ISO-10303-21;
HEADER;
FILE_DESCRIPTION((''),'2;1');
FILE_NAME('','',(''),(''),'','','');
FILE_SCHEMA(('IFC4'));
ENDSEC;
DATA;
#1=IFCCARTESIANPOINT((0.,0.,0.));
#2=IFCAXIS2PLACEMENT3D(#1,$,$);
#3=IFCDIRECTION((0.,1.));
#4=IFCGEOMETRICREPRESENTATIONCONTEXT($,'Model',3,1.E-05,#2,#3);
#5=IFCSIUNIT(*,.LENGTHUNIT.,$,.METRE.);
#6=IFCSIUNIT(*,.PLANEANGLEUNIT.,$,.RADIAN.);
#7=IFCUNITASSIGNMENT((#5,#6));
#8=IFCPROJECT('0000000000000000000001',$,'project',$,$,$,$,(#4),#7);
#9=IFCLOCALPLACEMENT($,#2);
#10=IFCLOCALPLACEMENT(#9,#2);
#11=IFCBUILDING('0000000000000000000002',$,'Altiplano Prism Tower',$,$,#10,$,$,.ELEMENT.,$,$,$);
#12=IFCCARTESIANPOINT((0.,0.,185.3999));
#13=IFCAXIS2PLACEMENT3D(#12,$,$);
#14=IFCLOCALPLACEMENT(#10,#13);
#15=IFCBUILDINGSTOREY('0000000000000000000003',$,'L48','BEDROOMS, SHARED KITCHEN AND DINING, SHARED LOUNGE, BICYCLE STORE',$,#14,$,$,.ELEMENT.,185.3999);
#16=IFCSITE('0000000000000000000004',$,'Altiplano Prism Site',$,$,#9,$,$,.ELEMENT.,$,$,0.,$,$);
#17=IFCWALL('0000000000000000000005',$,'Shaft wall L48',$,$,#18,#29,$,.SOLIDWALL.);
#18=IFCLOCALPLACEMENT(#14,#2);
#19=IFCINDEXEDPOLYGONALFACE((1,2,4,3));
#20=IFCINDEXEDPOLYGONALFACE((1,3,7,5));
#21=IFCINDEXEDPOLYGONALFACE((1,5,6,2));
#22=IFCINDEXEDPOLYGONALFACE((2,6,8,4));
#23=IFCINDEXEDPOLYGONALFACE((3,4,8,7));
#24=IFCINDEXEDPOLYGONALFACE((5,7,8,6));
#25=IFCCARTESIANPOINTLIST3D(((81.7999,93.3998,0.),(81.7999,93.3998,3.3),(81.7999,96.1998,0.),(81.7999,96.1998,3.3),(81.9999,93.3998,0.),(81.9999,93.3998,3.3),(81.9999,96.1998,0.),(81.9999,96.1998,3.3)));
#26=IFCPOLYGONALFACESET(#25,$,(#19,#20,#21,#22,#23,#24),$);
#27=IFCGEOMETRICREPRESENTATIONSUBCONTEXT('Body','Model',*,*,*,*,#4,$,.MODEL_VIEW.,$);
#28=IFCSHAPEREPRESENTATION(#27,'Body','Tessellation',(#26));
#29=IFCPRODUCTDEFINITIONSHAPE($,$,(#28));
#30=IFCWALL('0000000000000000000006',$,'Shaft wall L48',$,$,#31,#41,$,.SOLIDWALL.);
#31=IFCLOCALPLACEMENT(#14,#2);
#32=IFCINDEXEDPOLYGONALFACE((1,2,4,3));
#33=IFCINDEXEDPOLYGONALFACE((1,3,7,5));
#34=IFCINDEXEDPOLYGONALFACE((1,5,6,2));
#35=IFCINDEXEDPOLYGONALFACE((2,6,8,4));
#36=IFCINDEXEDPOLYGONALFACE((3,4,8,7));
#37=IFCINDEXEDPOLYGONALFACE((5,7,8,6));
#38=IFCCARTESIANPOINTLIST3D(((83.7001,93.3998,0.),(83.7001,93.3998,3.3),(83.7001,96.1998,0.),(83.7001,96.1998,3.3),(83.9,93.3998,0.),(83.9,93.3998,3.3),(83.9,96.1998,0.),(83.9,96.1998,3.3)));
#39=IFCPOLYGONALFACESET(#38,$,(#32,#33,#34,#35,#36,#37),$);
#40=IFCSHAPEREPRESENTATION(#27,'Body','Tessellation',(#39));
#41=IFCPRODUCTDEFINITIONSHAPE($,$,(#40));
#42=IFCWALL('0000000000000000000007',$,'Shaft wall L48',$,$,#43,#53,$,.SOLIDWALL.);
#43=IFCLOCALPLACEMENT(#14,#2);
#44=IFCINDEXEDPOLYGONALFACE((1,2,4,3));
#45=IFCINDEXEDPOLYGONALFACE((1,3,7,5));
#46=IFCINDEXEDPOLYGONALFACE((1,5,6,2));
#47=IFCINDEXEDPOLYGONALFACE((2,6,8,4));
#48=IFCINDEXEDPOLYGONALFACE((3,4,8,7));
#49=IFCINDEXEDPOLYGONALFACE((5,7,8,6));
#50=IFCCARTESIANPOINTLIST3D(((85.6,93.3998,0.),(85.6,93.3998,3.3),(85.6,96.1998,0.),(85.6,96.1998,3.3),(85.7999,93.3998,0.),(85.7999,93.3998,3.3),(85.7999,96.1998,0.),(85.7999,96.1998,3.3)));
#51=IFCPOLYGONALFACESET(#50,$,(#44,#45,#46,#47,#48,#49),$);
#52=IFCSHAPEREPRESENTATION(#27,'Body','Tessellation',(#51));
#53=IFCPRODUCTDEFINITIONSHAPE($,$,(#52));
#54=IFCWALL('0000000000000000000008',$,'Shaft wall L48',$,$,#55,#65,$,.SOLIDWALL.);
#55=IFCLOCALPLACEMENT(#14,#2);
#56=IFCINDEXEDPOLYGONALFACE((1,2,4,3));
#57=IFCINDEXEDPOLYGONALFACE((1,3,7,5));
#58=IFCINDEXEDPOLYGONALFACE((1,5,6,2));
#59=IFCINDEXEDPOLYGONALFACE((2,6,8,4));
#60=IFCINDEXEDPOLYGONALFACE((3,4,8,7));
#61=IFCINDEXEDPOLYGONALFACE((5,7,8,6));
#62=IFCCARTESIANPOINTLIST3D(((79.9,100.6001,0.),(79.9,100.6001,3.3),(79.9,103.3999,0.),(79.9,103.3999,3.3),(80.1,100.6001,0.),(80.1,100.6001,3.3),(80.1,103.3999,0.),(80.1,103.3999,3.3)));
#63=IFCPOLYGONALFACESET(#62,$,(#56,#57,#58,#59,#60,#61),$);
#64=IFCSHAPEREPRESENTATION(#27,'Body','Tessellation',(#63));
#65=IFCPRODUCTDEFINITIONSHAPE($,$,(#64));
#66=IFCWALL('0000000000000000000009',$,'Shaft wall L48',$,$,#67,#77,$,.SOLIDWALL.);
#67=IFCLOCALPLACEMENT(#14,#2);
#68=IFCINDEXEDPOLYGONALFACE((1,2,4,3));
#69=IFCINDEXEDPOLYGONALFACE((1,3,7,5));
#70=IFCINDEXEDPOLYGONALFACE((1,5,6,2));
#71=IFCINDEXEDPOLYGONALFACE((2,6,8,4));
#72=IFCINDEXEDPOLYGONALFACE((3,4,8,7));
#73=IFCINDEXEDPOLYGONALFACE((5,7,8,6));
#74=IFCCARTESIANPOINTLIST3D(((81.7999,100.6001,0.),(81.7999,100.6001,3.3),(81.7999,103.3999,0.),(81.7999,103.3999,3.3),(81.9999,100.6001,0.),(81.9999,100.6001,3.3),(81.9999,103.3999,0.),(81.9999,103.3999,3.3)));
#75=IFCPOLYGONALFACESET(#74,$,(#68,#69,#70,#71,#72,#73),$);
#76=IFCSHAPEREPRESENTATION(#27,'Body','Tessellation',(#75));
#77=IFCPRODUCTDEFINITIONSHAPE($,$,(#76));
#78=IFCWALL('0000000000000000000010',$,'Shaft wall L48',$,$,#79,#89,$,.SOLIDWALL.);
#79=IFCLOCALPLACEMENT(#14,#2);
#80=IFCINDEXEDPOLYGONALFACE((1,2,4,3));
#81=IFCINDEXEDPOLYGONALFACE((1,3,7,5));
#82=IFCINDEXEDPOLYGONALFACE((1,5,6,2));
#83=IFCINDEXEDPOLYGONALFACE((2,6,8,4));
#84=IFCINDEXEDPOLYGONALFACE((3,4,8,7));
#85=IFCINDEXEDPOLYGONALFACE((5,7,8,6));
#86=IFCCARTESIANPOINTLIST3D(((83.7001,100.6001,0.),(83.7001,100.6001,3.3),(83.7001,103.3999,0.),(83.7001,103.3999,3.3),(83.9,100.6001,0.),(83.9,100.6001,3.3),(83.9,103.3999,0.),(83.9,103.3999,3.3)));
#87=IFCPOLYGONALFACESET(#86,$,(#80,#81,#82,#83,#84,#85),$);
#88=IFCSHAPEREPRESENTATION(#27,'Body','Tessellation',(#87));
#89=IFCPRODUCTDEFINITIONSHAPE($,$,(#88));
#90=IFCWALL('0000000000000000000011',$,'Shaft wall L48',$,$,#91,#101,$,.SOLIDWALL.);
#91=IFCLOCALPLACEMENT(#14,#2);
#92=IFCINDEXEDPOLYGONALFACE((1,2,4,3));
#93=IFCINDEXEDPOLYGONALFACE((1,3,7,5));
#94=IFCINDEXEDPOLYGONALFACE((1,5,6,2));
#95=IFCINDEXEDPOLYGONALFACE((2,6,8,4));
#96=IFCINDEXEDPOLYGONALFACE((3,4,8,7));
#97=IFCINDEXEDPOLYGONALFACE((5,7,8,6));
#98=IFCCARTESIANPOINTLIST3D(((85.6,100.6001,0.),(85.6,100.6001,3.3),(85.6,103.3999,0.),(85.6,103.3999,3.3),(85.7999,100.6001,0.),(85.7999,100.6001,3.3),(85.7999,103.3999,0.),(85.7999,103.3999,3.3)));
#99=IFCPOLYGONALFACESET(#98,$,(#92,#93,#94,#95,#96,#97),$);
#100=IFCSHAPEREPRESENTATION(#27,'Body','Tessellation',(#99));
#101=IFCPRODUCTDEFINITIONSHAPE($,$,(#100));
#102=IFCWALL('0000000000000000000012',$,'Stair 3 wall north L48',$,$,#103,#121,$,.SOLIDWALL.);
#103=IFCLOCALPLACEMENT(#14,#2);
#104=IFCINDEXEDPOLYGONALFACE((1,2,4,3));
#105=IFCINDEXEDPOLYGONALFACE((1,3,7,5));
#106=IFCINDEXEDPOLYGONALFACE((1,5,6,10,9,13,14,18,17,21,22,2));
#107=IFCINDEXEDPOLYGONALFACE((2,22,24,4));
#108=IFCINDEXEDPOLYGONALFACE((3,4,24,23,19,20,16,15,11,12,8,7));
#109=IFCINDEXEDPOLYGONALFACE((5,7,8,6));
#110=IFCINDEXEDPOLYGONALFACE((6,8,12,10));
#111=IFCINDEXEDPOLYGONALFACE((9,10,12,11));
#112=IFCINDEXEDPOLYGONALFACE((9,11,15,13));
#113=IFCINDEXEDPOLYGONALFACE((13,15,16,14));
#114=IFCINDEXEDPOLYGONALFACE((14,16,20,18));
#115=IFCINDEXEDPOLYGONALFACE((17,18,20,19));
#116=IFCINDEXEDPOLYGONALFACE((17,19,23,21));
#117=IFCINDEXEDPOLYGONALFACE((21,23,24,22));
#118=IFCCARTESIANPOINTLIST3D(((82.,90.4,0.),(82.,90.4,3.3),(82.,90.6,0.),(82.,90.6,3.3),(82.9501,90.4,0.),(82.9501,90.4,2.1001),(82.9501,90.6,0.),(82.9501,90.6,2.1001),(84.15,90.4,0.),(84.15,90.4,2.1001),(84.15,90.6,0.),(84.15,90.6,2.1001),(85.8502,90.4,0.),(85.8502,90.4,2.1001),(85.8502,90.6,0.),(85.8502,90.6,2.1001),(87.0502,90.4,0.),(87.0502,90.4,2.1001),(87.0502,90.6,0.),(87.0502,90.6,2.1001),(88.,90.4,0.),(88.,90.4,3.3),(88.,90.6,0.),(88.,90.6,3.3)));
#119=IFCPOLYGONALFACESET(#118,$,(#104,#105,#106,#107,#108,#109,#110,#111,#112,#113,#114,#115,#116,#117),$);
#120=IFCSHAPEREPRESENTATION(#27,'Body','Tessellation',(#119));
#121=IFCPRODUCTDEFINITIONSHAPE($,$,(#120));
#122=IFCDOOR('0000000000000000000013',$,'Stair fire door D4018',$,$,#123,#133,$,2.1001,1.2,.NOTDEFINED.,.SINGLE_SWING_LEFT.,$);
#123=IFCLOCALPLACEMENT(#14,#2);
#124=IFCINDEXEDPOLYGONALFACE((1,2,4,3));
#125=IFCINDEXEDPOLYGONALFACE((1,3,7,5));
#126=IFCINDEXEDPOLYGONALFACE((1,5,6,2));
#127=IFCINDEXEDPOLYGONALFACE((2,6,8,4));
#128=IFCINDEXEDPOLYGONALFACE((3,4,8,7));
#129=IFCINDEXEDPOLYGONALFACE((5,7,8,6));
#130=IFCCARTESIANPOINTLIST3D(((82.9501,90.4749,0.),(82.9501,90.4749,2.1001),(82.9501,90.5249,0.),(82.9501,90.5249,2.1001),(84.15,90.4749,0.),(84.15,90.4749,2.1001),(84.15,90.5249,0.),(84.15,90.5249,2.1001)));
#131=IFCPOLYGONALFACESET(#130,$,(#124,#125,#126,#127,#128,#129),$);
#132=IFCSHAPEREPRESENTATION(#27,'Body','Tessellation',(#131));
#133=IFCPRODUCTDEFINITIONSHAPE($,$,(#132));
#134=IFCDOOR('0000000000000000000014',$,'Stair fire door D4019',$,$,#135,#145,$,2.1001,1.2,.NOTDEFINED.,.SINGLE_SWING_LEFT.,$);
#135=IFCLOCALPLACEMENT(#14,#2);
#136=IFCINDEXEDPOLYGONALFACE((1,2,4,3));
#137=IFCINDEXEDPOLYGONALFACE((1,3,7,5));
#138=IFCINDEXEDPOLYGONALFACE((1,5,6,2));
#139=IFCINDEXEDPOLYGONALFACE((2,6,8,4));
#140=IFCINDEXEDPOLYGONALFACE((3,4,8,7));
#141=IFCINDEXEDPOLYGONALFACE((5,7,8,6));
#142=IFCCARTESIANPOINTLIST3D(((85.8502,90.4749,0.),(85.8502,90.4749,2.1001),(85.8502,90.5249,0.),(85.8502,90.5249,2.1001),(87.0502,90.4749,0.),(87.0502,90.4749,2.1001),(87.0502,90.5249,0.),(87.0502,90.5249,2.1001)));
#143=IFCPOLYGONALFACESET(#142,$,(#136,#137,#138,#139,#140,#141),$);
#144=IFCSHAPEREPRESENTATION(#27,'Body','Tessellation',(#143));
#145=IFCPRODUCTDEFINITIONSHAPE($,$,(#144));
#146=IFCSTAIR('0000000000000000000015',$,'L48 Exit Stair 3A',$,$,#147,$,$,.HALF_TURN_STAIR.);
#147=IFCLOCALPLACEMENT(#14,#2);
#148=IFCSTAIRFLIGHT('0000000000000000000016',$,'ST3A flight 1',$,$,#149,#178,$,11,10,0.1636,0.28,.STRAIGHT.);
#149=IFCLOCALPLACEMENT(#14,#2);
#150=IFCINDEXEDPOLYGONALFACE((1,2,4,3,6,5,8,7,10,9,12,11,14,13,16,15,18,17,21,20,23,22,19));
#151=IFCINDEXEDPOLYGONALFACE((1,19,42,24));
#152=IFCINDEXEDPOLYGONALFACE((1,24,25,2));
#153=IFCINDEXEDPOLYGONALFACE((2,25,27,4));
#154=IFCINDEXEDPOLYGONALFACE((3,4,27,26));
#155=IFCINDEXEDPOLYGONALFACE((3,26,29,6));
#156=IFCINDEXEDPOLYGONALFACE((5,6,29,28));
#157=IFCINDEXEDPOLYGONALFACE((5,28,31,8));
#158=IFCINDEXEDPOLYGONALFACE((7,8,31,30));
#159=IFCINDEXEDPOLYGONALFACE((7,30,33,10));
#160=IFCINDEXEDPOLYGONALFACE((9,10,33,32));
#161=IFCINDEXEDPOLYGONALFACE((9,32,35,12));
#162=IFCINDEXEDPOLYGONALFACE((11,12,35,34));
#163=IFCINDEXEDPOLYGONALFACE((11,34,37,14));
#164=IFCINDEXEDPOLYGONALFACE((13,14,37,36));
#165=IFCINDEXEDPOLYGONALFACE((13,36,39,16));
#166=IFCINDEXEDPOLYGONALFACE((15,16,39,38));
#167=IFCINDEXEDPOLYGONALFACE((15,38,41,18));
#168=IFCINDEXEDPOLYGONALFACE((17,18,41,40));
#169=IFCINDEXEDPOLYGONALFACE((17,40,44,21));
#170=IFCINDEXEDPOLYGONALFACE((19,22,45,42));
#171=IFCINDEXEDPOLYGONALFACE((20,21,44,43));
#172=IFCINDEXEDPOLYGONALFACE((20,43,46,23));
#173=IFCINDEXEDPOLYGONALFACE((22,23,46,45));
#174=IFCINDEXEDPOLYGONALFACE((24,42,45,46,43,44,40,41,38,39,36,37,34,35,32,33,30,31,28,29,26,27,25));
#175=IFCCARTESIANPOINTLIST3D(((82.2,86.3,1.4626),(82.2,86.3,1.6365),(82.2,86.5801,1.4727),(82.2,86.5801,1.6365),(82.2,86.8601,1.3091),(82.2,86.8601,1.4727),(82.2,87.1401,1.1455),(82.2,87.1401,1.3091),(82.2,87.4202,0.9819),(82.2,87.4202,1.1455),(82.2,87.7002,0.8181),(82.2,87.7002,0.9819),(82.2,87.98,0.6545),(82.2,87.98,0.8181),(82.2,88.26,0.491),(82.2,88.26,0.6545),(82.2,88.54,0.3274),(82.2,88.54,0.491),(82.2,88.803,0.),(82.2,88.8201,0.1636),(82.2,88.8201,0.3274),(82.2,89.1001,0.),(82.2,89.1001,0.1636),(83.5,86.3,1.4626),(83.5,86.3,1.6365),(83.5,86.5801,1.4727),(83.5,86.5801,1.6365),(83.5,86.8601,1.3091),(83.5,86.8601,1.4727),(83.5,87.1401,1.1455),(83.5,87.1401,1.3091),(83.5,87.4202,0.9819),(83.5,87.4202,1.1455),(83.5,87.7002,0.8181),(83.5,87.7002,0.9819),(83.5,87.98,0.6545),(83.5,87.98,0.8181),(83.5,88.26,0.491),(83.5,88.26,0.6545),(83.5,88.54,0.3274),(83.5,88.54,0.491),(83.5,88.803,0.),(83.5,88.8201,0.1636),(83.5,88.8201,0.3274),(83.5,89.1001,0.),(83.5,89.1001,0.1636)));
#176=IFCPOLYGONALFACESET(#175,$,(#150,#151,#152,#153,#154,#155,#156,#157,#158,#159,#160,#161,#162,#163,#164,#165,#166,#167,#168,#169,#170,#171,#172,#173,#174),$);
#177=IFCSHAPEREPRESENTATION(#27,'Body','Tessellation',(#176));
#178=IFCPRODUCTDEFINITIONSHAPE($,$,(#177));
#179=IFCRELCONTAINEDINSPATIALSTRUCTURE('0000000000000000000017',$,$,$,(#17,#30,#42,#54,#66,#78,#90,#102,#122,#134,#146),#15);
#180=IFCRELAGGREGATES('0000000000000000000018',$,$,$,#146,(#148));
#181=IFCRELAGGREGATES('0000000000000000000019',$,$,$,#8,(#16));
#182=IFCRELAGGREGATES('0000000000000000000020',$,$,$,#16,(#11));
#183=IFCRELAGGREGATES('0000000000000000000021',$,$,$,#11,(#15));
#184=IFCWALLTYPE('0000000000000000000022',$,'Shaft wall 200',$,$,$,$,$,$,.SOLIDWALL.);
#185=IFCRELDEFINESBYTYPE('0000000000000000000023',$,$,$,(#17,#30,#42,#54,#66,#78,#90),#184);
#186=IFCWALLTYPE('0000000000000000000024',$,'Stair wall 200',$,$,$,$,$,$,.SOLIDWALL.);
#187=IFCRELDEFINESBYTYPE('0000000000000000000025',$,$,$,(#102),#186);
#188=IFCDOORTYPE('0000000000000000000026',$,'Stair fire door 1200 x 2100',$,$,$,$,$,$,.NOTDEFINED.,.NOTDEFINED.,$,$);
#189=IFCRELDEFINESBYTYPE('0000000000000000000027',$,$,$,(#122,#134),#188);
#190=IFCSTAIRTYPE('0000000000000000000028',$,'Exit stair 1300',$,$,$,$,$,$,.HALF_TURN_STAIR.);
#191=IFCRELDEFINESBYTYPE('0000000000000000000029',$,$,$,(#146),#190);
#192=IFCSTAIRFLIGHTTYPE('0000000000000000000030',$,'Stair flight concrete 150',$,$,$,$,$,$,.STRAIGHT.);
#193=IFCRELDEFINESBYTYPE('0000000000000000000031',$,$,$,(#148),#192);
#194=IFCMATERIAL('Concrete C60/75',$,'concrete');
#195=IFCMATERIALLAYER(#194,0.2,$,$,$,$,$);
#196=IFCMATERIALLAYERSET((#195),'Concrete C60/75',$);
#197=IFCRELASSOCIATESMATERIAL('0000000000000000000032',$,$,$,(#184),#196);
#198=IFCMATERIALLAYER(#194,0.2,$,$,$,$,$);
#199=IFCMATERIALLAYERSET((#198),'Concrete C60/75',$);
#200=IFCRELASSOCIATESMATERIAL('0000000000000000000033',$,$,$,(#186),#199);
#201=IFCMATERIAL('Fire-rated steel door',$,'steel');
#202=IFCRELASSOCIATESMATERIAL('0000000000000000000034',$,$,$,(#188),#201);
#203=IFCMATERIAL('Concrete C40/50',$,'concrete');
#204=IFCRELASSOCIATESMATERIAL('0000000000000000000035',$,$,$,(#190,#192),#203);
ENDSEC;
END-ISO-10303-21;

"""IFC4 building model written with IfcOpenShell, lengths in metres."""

from ifc_helpers import new_model, si_unit, direction, frame, frame_2d, origin, place, context, subcontext, project, spatial, polyline, rectangle, outline, extrude, material, layer, layer_set, type_object, element, fill, aggregate, save


model = new_model("IFC4")

# Units and contexts
model_context = context("Model", 3, precision=1e-05, world=origin(), true_north=direction((0.0, 1.0)))
body_context = subcontext(model_context, "Body", "Model", "MODEL_VIEW")
ifc_project = project(units=[si_unit("LENGTHUNIT", "METRE"), si_unit("PLANEANGLEUNIT", "RADIAN")], contexts=[model_context])

# Site, building, storey
site_placement = place(None, origin())
site = spatial("IfcSite", under=ifc_project, at=site_placement, Name="Altiplano Prism Site", CompositionType="ELEMENT", RefElevation=0.0)
building_placement = place(site_placement, origin())
building = spatial("IfcBuilding", under=site, at=building_placement, Name="Altiplano Prism Tower", CompositionType="ELEMENT")
storey_placement = place(building_placement, frame((0.0, 0.0, 185.3999)))
storey = spatial("IfcBuildingStorey", under=building, at=storey_placement, Name="L48", Description="BEDROOMS, SHARED KITCHEN AND DINING, SHARED LOUNGE, BICYCLE STORE", CompositionType="ELEMENT", Elevation=185.3999)

# Walls
ifc_material_1 = material(Name="Concrete C60/75", Category="concrete")
ifc_layer_1 = layer(ifc_material_1, 0.2)
ifc_layer_set_1 = layer_set([ifc_layer_1], Name="Concrete C60/75")
wall_type_1 = type_object("IfcWallType", Name="Shaft wall 200", PredefinedType="SOLIDWALL", material=ifc_layer_set_1)
for number, where, z_axis, x_axis, name in (
    (1, (81.8999, 93.3999, 0.0), (0.0, 0.0, 1.0), (0.0, 1.0, 0.0), "Shaft wall L48"),
    (2, (83.8, 93.3999, 0.0), (0.0, 0.0, 1.0), (0.0, 1.0, 0.0), "Shaft wall L48"),
    (3, (85.7, 93.3999, 0.0), (0.0, 0.0, 1.0), (0.0, 1.0, 0.0), "Shaft wall L48"),
):
    element("IfcWall", number, at=place(storey_placement, frame(where, z_axis=z_axis, x_axis=x_axis)), inside=storey, type_object=wall_type_1, Name=name, PredefinedType="SOLIDWALL", context=body_context, shape_type="SweptSolid", body=[
        extrude(rectangle(XDim=2.8, YDim=0.2, at=frame_2d((1.3999, 0.0))), origin(), (0.0, 0.0, 1.0), 3.3),
    ])
for number, where, z_axis, x_axis, name in (
    (4, (80.0, 100.6001, 0.0), (0.0, 0.0, 1.0), (0.0, 1.0, 0.0), "Shaft wall L48"),
    (5, (81.8999, 100.6001, 0.0), (0.0, 0.0, 1.0), (0.0, 1.0, 0.0), "Shaft wall L48"),
    (6, (83.8, 100.6001, 0.0), (0.0, 0.0, 1.0), (0.0, 1.0, 0.0), "Shaft wall L48"),
    (7, (85.7, 100.6001, 0.0), (0.0, 0.0, 1.0), (0.0, 1.0, 0.0), "Shaft wall L48"),
):
    element("IfcWall", number, at=place(storey_placement, frame(where, z_axis=z_axis, x_axis=x_axis)), inside=storey, type_object=wall_type_1, Name=name, PredefinedType="SOLIDWALL", context=body_context, shape_type="SweptSolid", body=[
        extrude(rectangle(XDim=2.7998, YDim=0.2, at=frame_2d((1.3999, 0.0))), origin(), (0.0, 0.0, 1.0), 3.3),
    ])

# Wall, openings, doors
ifc_layer_2 = layer(ifc_material_1, 0.2)
ifc_layer_set_2 = layer_set([ifc_layer_2], Name="Concrete C60/75")
wall_type_2 = type_object("IfcWallType", Name="Stair wall 200", PredefinedType="SOLIDWALL", material=ifc_layer_set_2)
wall_placement = place(storey_placement, frame((82.0, 90.5, 0.0), z_axis=(0.0, 0.0, 1.0), x_axis=(1.0, 0.0, 0.0)))
wall = element("IfcWall", 8, at=wall_placement, inside=storey, type_object=wall_type_2, Name="Stair 3 wall north L48", PredefinedType="SOLIDWALL", context=body_context, shape_type="SweptSolid", body=[
    extrude(rectangle(XDim=6.0, YDim=0.2, at=frame_2d((3.0, 0.0))), origin(), (0.0, 0.0, 1.0), 3.3),
])
opening_1_placement = place(wall_placement, frame((0.95, 0.0, 0.0)))
opening_1 = element("IfcOpeningElement", 9, at=opening_1_placement, cuts=wall, PredefinedType="OPENING", context=body_context, shape_type="SweptSolid", body=[
    extrude(rectangle(XDim=1.2, YDim=2.1001, at=frame_2d((0.6001, 1.05))), frame((0.0, 0.1104, 0.0), z_axis=(0.0, -1.0, 0.0), x_axis=(1.0, 0.0, 0.0)), (0.0, 0.0, 1.0), 0.2209),
])
opening_2_placement = place(wall_placement, frame((3.8501, 0.0, 0.0)))
opening_2 = element("IfcOpeningElement", 10, at=opening_2_placement, cuts=wall, PredefinedType="OPENING", context=body_context, shape_type="SweptSolid", body=[
    extrude(rectangle(XDim=1.2, YDim=2.1001, at=frame_2d((0.6001, 1.05))), frame((0.0, 0.1104, 0.0), z_axis=(0.0, -1.0, 0.0), x_axis=(1.0, 0.0, 0.0)), (0.0, 0.0, 1.0), 0.2209),
])
ifc_material_2 = material(Name="Fire-rated steel door", Category="steel")
door_type = type_object("IfcDoorType", Name="Stair fire door 1200 x 2100", OperationType="NOTDEFINED", PredefinedType="NOTDEFINED", material=ifc_material_2)
door_1_placement = place(opening_1_placement, origin())
door_1 = element("IfcDoor", 11, at=door_1_placement, inside=storey, type_object=door_type, Name="Stair fire door D4018", OperationType="SINGLE_SWING_LEFT", OverallHeight=2.1001, OverallWidth=1.2, PredefinedType="NOTDEFINED", context=body_context, shape_type="SweptSolid", body=[
    extrude(rectangle(XDim=1.2, YDim=2.1001, at=frame_2d((0.6001, 1.05))), frame((0.0, 0.0249, 0.0), z_axis=(0.0, -1.0, 0.0), x_axis=(1.0, 0.0, 0.0)), (0.0, 0.0, 1.0), 0.05),
])
fill(opening_1, door_1)
door_2_placement = place(opening_2_placement, origin())
door_2 = element("IfcDoor", 12, at=door_2_placement, inside=storey, type_object=door_type, Name="Stair fire door D4019", OperationType="SINGLE_SWING_LEFT", OverallHeight=2.1001, OverallWidth=1.2, PredefinedType="NOTDEFINED", context=body_context, shape_type="SweptSolid", body=[
    extrude(rectangle(XDim=1.2, YDim=2.1001, at=frame_2d((0.6001, 1.05))), frame((0.0, 0.0249, 0.0), z_axis=(0.0, -1.0, 0.0), x_axis=(1.0, 0.0, 0.0)), (0.0, 0.0, 1.0), 0.05),
])
fill(opening_2, door_2)

# Stair, stair flight
ifc_material_3 = material(Name="Concrete C40/50", Category="concrete")
stair_type = type_object("IfcStairType", Name="Exit stair 1300", PredefinedType="HALF_TURN_STAIR", material=ifc_material_3)
stair_1_placement = place(storey_placement, origin())
stair_1 = element("IfcStair", 13, at=stair_1_placement, inside=storey, type_object=stair_type, Name="L48 Exit Stair 3A", PredefinedType="HALF_TURN_STAIR")
stair_flight_type = type_object("IfcStairFlightType", Name="Stair flight concrete 150", PredefinedType="STRAIGHT", material=ifc_material_3)
stair_flight_1_placement = place(storey_placement, frame((82.8501, 89.1001, 0.0), z_axis=(0.0, 0.0, 1.0), x_axis=(0.0, -1.0, 0.0)))
stair_flight_1 = element("IfcStairFlight", 14, at=stair_flight_1_placement, type_object=stair_flight_type, Name="ST3A flight 1", NumberOfRisers=11, NumberOfTreads=10, PredefinedType="STRAIGHT", RiserHeight=0.1636, TreadLength=0.28, context=body_context, shape_type="SweptSolid", body=[
    extrude(outline(polyline([(0.0, 0.0), (0.0, 0.1636), (0.28, 0.1636), (0.28, 0.3274), (0.5601, 0.3274), (0.5601, 0.491), (0.8401, 0.491), (0.8401, 0.6545), (1.1201, 0.6545), (1.1201, 0.8181), (1.3999, 0.8181), (1.3999, 0.9819), (1.6799, 0.9819), (1.6799, 1.1455), (1.96, 1.1455), (1.96, 1.3091), (2.24, 1.3091), (2.24, 1.4727), (2.52, 1.4727), (2.52, 1.6365), (2.8, 1.6365), (2.8, 1.8), (2.8, 1.4626), (0.2971, 0.0), (0.0, 0.0)])), frame((0.0, 0.6499, 0.0), z_axis=(0.0, -1.0, 0.0), x_axis=(1.0, 0.0, 0.0)), (0.0, 0.0, 1.0), 1.3),
])
aggregate(stair_1, [stair_flight_1])

save(model, "model.ifc")
